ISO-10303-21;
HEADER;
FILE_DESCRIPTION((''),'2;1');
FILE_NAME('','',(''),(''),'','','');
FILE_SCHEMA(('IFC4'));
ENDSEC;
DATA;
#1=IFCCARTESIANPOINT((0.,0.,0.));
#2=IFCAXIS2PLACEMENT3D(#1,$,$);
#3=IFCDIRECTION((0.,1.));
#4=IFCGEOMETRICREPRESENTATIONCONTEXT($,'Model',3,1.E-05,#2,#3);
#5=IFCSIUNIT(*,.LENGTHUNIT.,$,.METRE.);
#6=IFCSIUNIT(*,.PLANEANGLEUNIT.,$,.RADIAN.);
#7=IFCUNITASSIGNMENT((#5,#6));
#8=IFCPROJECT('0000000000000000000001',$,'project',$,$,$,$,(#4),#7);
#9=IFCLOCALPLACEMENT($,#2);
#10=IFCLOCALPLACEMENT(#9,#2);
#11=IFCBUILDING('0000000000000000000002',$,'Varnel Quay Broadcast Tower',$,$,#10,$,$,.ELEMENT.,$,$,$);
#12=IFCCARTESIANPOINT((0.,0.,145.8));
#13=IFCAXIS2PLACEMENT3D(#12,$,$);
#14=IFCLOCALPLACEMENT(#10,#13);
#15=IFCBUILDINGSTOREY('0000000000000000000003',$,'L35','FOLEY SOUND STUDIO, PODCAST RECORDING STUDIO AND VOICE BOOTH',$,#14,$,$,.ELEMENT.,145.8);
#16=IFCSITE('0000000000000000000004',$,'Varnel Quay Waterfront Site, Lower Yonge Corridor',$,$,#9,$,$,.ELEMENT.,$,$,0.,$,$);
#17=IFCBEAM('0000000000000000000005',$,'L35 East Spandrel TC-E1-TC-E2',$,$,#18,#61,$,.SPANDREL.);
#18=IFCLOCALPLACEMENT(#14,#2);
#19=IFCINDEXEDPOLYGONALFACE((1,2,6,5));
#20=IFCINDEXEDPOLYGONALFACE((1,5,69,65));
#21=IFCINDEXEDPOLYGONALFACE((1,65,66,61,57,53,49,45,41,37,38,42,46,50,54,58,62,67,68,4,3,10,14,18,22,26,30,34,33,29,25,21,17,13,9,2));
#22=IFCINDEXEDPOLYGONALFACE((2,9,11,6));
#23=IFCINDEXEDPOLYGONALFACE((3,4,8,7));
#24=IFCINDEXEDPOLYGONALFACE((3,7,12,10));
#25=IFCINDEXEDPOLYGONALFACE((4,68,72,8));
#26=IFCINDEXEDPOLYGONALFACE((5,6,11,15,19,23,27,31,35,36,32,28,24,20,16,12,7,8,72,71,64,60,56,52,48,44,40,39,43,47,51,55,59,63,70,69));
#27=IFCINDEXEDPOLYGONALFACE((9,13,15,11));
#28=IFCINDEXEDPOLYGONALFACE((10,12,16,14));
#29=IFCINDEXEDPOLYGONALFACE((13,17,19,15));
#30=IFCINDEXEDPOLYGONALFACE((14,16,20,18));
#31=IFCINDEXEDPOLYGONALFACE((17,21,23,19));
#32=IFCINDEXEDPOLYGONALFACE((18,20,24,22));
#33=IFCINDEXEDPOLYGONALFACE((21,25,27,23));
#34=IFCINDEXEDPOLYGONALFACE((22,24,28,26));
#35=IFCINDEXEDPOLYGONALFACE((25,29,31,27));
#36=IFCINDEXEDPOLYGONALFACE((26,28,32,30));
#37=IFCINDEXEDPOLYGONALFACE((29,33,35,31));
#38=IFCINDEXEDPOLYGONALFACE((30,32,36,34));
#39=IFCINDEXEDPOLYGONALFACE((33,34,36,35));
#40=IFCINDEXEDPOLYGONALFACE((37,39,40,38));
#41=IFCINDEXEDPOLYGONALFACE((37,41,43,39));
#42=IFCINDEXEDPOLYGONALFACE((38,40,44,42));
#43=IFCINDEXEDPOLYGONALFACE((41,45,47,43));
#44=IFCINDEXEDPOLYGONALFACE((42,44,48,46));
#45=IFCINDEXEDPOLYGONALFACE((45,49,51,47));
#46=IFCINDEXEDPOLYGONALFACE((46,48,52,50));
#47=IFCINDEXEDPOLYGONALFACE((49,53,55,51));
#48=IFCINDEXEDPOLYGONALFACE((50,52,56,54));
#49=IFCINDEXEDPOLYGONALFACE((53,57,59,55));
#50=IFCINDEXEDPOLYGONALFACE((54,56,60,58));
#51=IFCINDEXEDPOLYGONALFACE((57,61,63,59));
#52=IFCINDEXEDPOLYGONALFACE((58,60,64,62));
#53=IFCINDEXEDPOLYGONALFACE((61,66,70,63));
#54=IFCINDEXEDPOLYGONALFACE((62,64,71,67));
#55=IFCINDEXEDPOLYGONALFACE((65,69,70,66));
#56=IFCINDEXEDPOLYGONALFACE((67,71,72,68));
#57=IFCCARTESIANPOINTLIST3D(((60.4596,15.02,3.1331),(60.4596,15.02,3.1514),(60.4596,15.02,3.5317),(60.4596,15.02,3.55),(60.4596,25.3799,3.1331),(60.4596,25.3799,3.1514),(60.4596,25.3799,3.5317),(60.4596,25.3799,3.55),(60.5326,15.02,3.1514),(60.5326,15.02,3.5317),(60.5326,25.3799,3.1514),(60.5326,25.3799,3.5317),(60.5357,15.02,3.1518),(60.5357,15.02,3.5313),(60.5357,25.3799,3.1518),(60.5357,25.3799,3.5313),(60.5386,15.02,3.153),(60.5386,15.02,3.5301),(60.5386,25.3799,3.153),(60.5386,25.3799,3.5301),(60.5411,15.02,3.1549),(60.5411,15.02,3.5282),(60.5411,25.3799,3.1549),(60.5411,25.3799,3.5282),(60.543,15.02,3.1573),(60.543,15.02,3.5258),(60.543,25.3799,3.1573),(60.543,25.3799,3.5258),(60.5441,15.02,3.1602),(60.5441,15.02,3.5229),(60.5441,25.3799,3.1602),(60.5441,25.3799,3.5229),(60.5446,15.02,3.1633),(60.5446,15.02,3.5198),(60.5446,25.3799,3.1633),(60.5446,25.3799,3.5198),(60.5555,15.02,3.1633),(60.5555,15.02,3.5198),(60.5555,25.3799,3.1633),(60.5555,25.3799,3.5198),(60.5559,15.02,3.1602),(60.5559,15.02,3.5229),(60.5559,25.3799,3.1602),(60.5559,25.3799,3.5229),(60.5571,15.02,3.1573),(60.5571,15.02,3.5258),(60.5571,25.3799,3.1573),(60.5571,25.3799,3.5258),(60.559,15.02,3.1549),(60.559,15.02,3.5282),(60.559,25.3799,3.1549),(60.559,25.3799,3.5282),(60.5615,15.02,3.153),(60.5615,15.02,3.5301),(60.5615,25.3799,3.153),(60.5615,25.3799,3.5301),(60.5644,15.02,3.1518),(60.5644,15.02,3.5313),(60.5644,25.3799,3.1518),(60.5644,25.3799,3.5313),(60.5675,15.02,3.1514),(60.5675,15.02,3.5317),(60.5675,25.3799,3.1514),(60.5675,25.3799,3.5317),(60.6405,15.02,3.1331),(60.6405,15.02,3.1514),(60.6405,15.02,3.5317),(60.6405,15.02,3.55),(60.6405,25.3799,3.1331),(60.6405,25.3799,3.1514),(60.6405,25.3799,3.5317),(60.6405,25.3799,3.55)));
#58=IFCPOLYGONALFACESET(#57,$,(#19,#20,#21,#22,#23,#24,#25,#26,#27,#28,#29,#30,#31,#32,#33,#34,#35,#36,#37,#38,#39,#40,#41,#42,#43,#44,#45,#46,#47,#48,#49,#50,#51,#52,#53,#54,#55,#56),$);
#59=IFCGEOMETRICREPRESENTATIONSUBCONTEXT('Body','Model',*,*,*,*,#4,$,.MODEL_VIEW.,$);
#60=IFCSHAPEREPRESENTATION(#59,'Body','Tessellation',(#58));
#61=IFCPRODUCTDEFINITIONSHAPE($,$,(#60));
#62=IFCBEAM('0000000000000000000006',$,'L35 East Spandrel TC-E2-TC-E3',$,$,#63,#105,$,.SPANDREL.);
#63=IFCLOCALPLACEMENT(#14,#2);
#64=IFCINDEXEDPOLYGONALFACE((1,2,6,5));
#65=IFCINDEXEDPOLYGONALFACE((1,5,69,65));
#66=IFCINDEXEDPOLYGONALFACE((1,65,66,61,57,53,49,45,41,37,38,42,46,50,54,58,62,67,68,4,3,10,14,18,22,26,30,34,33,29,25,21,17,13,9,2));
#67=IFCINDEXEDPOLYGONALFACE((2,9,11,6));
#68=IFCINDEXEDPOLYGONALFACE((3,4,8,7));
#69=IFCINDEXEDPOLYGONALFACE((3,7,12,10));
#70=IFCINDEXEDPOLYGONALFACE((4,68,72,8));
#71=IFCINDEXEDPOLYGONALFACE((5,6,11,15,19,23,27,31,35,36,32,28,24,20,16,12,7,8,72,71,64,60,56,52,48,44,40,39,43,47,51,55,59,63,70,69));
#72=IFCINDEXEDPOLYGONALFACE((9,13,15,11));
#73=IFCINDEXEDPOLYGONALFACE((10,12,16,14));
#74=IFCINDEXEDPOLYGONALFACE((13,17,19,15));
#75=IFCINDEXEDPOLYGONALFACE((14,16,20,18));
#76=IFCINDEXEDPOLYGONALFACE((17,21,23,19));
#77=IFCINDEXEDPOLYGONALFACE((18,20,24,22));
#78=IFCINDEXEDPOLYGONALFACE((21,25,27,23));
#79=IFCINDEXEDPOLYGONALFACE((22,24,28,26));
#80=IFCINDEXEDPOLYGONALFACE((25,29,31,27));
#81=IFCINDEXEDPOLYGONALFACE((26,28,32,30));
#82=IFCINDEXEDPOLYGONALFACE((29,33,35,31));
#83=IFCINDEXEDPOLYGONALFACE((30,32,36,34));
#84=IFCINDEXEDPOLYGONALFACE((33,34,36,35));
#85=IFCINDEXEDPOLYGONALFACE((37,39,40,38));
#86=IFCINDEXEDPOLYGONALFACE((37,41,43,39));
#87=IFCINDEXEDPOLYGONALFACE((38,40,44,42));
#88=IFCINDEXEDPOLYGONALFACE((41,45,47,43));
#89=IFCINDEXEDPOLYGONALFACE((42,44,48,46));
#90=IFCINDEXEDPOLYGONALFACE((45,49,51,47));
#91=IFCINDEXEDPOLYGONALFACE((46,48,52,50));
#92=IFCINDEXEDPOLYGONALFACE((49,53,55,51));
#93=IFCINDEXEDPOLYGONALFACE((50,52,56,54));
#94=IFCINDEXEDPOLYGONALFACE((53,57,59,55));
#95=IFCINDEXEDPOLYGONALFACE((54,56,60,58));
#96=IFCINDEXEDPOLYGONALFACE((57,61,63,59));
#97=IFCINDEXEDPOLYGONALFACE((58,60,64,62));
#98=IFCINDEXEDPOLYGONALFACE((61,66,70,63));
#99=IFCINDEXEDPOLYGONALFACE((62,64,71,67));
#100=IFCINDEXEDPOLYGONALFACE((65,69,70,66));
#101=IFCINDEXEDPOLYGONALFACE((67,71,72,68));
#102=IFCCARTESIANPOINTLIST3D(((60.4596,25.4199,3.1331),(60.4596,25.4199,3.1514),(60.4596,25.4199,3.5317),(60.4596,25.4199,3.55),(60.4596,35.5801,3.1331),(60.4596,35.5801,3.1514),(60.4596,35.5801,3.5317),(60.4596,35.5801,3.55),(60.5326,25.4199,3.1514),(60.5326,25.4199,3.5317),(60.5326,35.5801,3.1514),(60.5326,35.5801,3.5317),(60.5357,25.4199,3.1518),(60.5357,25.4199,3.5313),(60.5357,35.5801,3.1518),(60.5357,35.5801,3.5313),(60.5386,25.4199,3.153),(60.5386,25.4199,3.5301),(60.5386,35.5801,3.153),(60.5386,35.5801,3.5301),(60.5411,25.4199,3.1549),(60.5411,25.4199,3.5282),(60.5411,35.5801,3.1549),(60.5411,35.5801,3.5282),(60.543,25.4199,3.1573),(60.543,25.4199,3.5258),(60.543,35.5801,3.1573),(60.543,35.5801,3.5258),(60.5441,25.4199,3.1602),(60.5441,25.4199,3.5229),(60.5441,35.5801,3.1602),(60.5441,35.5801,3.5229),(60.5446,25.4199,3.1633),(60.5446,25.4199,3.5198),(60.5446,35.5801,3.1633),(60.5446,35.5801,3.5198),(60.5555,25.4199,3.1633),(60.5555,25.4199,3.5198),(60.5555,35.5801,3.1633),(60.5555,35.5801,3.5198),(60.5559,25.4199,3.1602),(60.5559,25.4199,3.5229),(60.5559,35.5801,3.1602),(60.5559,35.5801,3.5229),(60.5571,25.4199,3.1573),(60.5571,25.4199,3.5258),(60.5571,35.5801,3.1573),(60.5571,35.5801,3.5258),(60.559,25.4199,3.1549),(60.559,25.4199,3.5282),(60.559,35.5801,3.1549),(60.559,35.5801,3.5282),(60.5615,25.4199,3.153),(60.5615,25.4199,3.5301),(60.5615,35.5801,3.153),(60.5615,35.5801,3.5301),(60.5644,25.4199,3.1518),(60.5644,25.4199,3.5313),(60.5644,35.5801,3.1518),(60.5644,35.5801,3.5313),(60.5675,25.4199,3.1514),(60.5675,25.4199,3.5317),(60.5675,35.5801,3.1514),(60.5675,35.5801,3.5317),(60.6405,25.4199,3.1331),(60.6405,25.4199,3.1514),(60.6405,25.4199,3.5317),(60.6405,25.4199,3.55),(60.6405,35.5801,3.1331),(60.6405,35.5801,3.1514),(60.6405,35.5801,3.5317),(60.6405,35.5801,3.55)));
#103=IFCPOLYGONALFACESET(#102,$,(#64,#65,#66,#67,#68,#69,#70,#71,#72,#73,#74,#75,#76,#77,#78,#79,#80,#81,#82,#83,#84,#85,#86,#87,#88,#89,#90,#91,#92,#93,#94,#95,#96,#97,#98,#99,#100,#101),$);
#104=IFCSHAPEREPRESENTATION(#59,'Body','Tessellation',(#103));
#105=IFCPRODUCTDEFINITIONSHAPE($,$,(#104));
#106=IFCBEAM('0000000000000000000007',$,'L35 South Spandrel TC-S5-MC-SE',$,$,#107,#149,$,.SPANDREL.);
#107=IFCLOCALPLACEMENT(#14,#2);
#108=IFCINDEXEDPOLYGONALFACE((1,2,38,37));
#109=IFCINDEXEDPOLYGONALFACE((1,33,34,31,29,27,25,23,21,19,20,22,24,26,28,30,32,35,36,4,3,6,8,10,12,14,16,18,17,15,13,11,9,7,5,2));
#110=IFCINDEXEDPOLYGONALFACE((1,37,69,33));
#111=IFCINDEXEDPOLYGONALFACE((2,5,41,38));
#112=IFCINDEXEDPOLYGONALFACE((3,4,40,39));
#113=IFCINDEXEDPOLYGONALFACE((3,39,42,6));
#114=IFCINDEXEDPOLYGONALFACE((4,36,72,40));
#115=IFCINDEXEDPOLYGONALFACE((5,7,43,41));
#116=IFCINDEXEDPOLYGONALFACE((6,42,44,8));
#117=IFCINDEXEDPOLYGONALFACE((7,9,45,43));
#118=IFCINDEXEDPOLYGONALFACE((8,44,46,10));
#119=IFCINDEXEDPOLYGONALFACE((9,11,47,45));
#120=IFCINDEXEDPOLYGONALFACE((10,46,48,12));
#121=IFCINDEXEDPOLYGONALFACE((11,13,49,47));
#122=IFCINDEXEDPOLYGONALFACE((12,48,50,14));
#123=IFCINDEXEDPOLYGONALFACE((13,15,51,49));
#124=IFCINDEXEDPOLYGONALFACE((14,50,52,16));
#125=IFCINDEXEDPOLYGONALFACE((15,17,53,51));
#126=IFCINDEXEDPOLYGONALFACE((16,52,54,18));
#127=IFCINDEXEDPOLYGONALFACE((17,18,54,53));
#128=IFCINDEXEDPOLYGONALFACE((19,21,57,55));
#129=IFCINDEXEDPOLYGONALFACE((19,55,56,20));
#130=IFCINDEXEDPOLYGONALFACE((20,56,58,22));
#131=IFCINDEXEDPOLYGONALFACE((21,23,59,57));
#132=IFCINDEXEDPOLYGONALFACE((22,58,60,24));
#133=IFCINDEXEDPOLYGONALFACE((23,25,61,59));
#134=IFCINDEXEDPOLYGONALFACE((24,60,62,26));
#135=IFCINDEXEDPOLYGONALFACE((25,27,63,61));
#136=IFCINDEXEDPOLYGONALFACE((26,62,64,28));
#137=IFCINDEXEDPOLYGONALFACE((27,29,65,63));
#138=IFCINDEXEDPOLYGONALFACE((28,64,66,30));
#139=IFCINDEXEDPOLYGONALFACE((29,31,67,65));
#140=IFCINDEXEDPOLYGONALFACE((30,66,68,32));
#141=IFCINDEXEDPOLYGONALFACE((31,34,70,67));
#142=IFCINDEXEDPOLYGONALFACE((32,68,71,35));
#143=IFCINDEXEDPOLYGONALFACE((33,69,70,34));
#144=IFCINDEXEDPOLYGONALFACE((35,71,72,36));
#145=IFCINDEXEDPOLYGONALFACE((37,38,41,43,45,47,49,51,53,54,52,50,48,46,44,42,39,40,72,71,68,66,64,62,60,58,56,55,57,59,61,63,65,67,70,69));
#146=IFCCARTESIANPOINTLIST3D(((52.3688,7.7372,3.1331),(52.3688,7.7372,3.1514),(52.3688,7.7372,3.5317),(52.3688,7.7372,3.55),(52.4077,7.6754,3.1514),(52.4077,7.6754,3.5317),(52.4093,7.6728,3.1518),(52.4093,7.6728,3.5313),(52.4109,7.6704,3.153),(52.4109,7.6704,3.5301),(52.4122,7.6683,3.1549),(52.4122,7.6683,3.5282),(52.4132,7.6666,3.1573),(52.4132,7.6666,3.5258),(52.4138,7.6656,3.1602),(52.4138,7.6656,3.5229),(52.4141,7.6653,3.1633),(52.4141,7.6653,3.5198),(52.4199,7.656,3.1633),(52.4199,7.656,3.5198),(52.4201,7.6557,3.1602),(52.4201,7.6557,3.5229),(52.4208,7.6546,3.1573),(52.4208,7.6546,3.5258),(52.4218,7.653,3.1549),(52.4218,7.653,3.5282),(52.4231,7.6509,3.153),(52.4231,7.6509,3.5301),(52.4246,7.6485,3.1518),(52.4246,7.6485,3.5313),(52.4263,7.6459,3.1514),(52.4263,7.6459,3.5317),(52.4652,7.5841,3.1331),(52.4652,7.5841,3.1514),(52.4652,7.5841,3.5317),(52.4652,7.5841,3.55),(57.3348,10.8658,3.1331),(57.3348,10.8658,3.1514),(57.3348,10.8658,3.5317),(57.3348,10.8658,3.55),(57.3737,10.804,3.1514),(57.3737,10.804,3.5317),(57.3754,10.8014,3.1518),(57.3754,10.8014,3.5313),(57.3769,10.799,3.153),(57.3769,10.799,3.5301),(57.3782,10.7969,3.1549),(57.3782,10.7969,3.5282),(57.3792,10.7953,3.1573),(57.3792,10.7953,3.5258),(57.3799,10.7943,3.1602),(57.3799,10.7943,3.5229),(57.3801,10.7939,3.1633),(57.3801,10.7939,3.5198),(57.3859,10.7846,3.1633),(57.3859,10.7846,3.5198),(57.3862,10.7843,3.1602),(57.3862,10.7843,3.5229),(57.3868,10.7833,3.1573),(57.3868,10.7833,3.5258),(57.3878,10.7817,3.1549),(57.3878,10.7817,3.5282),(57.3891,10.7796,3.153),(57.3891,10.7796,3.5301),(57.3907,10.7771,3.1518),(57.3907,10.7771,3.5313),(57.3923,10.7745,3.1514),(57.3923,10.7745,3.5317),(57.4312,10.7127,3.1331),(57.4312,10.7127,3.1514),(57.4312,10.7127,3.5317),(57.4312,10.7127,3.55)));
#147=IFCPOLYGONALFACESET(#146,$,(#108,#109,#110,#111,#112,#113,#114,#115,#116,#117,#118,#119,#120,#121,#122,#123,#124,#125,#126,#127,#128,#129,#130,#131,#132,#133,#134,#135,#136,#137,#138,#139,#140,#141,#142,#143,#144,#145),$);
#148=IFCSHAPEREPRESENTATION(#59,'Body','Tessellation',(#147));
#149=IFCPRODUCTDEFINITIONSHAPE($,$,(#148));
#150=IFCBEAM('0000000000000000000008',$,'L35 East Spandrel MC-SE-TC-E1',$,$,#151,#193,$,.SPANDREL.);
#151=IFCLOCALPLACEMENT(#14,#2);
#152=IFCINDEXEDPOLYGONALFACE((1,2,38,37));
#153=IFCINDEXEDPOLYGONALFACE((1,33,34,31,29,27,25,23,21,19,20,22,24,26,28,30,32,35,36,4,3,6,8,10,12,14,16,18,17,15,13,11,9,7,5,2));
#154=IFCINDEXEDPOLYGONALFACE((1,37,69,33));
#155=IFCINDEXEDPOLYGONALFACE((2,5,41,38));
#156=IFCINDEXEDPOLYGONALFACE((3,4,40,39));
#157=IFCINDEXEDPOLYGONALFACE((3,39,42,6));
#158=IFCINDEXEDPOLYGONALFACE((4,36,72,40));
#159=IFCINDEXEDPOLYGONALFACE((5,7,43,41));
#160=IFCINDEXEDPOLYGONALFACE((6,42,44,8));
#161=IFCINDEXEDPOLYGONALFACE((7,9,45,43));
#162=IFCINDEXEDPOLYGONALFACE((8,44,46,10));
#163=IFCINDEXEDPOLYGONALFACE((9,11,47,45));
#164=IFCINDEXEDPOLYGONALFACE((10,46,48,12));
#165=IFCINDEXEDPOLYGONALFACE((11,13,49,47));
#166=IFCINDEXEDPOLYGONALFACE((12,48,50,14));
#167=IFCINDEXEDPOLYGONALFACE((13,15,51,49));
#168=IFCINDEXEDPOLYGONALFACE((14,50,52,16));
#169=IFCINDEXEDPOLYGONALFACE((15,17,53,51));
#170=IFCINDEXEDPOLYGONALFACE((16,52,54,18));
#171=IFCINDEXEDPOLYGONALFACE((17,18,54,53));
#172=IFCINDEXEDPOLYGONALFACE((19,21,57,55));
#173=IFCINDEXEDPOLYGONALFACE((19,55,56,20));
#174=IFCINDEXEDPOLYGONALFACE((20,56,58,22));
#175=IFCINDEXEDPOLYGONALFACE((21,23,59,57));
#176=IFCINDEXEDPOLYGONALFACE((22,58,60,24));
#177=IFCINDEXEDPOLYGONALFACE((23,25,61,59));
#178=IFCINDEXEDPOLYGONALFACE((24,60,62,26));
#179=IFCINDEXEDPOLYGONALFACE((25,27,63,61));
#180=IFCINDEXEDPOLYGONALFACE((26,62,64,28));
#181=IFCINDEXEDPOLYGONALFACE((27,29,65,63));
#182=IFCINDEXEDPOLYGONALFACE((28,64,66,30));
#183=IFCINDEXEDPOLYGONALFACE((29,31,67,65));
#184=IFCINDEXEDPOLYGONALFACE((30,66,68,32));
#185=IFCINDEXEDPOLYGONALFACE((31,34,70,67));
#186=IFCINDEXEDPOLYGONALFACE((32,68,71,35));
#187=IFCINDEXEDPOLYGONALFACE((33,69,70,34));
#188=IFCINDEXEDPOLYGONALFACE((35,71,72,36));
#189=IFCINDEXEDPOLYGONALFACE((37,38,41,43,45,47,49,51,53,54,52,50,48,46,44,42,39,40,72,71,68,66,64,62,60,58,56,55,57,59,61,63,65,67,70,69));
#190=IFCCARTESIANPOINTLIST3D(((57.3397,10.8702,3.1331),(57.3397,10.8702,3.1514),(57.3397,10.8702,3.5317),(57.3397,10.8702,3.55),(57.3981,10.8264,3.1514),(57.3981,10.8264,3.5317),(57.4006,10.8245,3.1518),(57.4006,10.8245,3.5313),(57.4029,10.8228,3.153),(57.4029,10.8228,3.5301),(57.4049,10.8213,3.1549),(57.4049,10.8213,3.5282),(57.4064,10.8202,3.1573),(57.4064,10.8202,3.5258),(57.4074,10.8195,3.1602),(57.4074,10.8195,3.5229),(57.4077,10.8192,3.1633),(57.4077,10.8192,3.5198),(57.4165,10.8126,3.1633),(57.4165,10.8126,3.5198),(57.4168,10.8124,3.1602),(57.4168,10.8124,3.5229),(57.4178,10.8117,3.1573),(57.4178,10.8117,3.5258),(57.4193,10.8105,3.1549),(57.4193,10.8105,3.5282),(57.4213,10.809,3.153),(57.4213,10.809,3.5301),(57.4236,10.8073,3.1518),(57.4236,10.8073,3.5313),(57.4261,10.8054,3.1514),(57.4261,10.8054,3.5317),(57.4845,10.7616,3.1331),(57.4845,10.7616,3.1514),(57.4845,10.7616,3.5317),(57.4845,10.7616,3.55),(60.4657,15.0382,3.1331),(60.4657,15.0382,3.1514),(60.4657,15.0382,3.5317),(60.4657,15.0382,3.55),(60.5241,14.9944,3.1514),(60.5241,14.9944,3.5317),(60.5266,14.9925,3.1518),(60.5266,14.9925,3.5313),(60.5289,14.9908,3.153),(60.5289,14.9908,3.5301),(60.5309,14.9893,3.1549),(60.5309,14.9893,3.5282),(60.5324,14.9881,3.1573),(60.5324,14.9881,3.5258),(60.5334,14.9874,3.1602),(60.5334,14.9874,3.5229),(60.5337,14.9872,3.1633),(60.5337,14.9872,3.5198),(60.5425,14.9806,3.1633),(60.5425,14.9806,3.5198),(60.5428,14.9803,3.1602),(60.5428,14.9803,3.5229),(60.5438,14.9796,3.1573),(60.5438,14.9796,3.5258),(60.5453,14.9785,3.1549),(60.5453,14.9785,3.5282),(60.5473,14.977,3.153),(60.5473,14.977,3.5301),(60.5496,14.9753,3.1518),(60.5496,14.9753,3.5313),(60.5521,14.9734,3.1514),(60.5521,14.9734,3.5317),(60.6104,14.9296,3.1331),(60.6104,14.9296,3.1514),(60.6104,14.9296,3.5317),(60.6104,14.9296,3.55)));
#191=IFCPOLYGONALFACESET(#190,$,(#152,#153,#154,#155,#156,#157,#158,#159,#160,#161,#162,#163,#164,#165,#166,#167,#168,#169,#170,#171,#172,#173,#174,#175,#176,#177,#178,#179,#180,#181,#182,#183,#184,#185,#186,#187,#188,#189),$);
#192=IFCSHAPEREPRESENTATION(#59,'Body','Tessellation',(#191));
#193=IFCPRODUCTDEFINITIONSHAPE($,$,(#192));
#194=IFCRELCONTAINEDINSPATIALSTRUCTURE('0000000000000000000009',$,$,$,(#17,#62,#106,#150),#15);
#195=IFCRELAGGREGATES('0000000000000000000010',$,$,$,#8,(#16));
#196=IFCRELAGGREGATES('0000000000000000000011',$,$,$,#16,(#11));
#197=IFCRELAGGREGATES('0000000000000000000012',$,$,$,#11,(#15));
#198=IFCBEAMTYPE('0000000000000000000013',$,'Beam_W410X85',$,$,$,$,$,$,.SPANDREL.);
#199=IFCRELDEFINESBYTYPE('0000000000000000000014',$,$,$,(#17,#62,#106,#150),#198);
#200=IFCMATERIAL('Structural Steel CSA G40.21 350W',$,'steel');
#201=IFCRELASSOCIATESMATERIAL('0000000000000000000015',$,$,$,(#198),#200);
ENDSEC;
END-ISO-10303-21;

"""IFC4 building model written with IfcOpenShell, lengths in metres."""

from ifc_helpers import new_model, si_unit, direction, frame, origin, origin_2d, place, context, subcontext, project, spatial, i_section, extrude, source, transform, mapped, material, material_profile, profile_set, type_object, type_shapes, element, save


model = new_model("IFC4")

# Units and contexts
model_context = context("Model", 3, precision=1e-05, world=origin(), true_north=direction((0.0, 1.0)))
body_context = subcontext(model_context, "Body", "Model", "MODEL_VIEW")
ifc_project = project(units=[si_unit("LENGTHUNIT", "METRE"), si_unit("PLANEANGLEUNIT", "RADIAN")], contexts=[model_context])

# Site, building, storey
site_placement = place(None, origin())
site = spatial("IfcSite", under=ifc_project, at=site_placement, Name="Varnel Quay Waterfront Site, Lower Yonge Corridor", CompositionType="ELEMENT", RefElevation=0.0)
building_placement = place(site_placement, origin())
building = spatial("IfcBuilding", under=site, at=building_placement, Name="Varnel Quay Broadcast Tower", CompositionType="ELEMENT")
storey_placement = place(building_placement, frame((0.0, 0.0, 145.8)))
storey = spatial("IfcBuildingStorey", under=building, at=storey_placement, Name="L35", Description="FOLEY SOUND STUDIO, PODCAST RECORDING STUDIO AND VOICE BOOTH", CompositionType="ELEMENT", Elevation=145.8)

# Shared definitions
ifc_material_1 = material(Name="Structural Steel CSA G40.21 350W", Category="steel")

# Beams
ifc_material_profile_1 = material_profile(ifc_material_1, i_section(OverallWidth=0.1809, OverallDepth=0.417, WebThickness=0.011, FlangeThickness=0.0183, FilletRadius=0.012, at=origin_2d()), Name="W410X85")
ifc_profile_set_1 = profile_set([ifc_material_profile_1], Name="Structural Steel CSA G40.21 350W")
beam_type = type_object("IfcBeamType", Name="Beam_W410X85", PredefinedType="SPANDREL", material=ifc_profile_set_1)
shared_shape_1 = source(origin(), body_context, "Body", "SweptSolid", [
    extrude(i_section(OverallWidth=0.1809, OverallDepth=0.417, WebThickness=0.011, FlangeThickness=0.0183, FilletRadius=0.012, at=origin_2d()), origin(), (0.0, 0.0, 1.0), 10.3599),
])
beam_1_placement = place(storey_placement, frame((60.55, 15.02, 3.3416), z_axis=(0.0, 1.0, 0.0), x_axis=(-1.0, 0.0, 0.0)))
element("IfcBeam", 1, at=beam_1_placement, inside=storey, type_object=beam_type, Name="L35 East Spandrel TC-E1-TC-E2", PredefinedType="SPANDREL", context=body_context, shape_type="MappedRepresentation", body=[
    mapped(shared_shape_1, transform((0.0, 0.0, 0.0), x_axis=(1.0, 0.0, 0.0), y_axis=(0.0, 1.0, 0.0), z_axis=(0.0, 0.0, 1.0), scale=1.0)),
])
shared_shape_2 = source(origin(), body_context, "Body", "SweptSolid", [
    extrude(i_section(OverallWidth=0.1809, OverallDepth=0.417, WebThickness=0.011, FlangeThickness=0.0183, FilletRadius=0.012, at=origin_2d()), origin(), (0.0, 0.0, 1.0), 10.1602),
])
beam_2_placement = place(storey_placement, frame((60.55, 25.4199, 3.3416), z_axis=(0.0, 1.0, 0.0), x_axis=(-1.0, 0.0, 0.0)))
element("IfcBeam", 2, at=beam_2_placement, inside=storey, type_object=beam_type, Name="L35 East Spandrel TC-E2-TC-E3", PredefinedType="SPANDREL", context=body_context, shape_type="MappedRepresentation", body=[
    mapped(shared_shape_2, transform((0.0, 0.0, 0.0), x_axis=(1.0, 0.0, 0.0), y_axis=(0.0, 1.0, 0.0), z_axis=(0.0, 0.0, 1.0), scale=1.0)),
])
shared_shape_3 = source(origin(), body_context, "Body", "SweptSolid", [
    extrude(i_section(OverallWidth=0.1809, OverallDepth=0.417, WebThickness=0.011, FlangeThickness=0.0183, FilletRadius=0.012, at=origin_2d()), origin(), (0.0, 0.0, 1.0), 5.8694),
])
beam_3_placement = place(storey_placement, frame((52.417, 7.6606, 3.3416), z_axis=(0.846088, 0.533043, 0.0), x_axis=(-0.533043, 0.846088, 0.0)))
element("IfcBeam", 3, at=beam_3_placement, inside=storey, type_object=beam_type, Name="L35 South Spandrel TC-S5-MC-SE", PredefinedType="SPANDREL", context=body_context, shape_type="MappedRepresentation", body=[
    mapped(shared_shape_3, transform((0.0, 0.0, 0.0), x_axis=(1.0, 0.0, 0.0), y_axis=(0.0, 1.0, 0.0), z_axis=(0.0, 0.0, 1.0), scale=1.0)),
])
shared_shape_4 = source(origin(), body_context, "Body", "SweptSolid", [
    extrude(i_section(OverallWidth=0.1809, OverallDepth=0.417, WebThickness=0.011, FlangeThickness=0.0183, FilletRadius=0.012, at=origin_2d()), origin(), (0.0, 0.0, 1.0), 5.21),
])
type_shapes(beam_type, [shared_shape_1, shared_shape_2, shared_shape_3, shared_shape_4])
beam_4_placement = place(storey_placement, frame((57.4121, 10.8159, 3.3416), z_axis=(0.6, 0.8, 0.0), x_axis=(-0.8, 0.6, 0.0)))
element("IfcBeam", 4, at=beam_4_placement, inside=storey, type_object=beam_type, Name="L35 East Spandrel MC-SE-TC-E1", PredefinedType="SPANDREL", context=body_context, shape_type="MappedRepresentation", body=[
    mapped(shared_shape_4, transform((0.0, 0.0, 0.0), x_axis=(1.0, 0.0, 0.0), y_axis=(0.0, 1.0, 0.0), z_axis=(0.0, 0.0, 1.0), scale=1.0)),
])

save(model, "model.ifc")
